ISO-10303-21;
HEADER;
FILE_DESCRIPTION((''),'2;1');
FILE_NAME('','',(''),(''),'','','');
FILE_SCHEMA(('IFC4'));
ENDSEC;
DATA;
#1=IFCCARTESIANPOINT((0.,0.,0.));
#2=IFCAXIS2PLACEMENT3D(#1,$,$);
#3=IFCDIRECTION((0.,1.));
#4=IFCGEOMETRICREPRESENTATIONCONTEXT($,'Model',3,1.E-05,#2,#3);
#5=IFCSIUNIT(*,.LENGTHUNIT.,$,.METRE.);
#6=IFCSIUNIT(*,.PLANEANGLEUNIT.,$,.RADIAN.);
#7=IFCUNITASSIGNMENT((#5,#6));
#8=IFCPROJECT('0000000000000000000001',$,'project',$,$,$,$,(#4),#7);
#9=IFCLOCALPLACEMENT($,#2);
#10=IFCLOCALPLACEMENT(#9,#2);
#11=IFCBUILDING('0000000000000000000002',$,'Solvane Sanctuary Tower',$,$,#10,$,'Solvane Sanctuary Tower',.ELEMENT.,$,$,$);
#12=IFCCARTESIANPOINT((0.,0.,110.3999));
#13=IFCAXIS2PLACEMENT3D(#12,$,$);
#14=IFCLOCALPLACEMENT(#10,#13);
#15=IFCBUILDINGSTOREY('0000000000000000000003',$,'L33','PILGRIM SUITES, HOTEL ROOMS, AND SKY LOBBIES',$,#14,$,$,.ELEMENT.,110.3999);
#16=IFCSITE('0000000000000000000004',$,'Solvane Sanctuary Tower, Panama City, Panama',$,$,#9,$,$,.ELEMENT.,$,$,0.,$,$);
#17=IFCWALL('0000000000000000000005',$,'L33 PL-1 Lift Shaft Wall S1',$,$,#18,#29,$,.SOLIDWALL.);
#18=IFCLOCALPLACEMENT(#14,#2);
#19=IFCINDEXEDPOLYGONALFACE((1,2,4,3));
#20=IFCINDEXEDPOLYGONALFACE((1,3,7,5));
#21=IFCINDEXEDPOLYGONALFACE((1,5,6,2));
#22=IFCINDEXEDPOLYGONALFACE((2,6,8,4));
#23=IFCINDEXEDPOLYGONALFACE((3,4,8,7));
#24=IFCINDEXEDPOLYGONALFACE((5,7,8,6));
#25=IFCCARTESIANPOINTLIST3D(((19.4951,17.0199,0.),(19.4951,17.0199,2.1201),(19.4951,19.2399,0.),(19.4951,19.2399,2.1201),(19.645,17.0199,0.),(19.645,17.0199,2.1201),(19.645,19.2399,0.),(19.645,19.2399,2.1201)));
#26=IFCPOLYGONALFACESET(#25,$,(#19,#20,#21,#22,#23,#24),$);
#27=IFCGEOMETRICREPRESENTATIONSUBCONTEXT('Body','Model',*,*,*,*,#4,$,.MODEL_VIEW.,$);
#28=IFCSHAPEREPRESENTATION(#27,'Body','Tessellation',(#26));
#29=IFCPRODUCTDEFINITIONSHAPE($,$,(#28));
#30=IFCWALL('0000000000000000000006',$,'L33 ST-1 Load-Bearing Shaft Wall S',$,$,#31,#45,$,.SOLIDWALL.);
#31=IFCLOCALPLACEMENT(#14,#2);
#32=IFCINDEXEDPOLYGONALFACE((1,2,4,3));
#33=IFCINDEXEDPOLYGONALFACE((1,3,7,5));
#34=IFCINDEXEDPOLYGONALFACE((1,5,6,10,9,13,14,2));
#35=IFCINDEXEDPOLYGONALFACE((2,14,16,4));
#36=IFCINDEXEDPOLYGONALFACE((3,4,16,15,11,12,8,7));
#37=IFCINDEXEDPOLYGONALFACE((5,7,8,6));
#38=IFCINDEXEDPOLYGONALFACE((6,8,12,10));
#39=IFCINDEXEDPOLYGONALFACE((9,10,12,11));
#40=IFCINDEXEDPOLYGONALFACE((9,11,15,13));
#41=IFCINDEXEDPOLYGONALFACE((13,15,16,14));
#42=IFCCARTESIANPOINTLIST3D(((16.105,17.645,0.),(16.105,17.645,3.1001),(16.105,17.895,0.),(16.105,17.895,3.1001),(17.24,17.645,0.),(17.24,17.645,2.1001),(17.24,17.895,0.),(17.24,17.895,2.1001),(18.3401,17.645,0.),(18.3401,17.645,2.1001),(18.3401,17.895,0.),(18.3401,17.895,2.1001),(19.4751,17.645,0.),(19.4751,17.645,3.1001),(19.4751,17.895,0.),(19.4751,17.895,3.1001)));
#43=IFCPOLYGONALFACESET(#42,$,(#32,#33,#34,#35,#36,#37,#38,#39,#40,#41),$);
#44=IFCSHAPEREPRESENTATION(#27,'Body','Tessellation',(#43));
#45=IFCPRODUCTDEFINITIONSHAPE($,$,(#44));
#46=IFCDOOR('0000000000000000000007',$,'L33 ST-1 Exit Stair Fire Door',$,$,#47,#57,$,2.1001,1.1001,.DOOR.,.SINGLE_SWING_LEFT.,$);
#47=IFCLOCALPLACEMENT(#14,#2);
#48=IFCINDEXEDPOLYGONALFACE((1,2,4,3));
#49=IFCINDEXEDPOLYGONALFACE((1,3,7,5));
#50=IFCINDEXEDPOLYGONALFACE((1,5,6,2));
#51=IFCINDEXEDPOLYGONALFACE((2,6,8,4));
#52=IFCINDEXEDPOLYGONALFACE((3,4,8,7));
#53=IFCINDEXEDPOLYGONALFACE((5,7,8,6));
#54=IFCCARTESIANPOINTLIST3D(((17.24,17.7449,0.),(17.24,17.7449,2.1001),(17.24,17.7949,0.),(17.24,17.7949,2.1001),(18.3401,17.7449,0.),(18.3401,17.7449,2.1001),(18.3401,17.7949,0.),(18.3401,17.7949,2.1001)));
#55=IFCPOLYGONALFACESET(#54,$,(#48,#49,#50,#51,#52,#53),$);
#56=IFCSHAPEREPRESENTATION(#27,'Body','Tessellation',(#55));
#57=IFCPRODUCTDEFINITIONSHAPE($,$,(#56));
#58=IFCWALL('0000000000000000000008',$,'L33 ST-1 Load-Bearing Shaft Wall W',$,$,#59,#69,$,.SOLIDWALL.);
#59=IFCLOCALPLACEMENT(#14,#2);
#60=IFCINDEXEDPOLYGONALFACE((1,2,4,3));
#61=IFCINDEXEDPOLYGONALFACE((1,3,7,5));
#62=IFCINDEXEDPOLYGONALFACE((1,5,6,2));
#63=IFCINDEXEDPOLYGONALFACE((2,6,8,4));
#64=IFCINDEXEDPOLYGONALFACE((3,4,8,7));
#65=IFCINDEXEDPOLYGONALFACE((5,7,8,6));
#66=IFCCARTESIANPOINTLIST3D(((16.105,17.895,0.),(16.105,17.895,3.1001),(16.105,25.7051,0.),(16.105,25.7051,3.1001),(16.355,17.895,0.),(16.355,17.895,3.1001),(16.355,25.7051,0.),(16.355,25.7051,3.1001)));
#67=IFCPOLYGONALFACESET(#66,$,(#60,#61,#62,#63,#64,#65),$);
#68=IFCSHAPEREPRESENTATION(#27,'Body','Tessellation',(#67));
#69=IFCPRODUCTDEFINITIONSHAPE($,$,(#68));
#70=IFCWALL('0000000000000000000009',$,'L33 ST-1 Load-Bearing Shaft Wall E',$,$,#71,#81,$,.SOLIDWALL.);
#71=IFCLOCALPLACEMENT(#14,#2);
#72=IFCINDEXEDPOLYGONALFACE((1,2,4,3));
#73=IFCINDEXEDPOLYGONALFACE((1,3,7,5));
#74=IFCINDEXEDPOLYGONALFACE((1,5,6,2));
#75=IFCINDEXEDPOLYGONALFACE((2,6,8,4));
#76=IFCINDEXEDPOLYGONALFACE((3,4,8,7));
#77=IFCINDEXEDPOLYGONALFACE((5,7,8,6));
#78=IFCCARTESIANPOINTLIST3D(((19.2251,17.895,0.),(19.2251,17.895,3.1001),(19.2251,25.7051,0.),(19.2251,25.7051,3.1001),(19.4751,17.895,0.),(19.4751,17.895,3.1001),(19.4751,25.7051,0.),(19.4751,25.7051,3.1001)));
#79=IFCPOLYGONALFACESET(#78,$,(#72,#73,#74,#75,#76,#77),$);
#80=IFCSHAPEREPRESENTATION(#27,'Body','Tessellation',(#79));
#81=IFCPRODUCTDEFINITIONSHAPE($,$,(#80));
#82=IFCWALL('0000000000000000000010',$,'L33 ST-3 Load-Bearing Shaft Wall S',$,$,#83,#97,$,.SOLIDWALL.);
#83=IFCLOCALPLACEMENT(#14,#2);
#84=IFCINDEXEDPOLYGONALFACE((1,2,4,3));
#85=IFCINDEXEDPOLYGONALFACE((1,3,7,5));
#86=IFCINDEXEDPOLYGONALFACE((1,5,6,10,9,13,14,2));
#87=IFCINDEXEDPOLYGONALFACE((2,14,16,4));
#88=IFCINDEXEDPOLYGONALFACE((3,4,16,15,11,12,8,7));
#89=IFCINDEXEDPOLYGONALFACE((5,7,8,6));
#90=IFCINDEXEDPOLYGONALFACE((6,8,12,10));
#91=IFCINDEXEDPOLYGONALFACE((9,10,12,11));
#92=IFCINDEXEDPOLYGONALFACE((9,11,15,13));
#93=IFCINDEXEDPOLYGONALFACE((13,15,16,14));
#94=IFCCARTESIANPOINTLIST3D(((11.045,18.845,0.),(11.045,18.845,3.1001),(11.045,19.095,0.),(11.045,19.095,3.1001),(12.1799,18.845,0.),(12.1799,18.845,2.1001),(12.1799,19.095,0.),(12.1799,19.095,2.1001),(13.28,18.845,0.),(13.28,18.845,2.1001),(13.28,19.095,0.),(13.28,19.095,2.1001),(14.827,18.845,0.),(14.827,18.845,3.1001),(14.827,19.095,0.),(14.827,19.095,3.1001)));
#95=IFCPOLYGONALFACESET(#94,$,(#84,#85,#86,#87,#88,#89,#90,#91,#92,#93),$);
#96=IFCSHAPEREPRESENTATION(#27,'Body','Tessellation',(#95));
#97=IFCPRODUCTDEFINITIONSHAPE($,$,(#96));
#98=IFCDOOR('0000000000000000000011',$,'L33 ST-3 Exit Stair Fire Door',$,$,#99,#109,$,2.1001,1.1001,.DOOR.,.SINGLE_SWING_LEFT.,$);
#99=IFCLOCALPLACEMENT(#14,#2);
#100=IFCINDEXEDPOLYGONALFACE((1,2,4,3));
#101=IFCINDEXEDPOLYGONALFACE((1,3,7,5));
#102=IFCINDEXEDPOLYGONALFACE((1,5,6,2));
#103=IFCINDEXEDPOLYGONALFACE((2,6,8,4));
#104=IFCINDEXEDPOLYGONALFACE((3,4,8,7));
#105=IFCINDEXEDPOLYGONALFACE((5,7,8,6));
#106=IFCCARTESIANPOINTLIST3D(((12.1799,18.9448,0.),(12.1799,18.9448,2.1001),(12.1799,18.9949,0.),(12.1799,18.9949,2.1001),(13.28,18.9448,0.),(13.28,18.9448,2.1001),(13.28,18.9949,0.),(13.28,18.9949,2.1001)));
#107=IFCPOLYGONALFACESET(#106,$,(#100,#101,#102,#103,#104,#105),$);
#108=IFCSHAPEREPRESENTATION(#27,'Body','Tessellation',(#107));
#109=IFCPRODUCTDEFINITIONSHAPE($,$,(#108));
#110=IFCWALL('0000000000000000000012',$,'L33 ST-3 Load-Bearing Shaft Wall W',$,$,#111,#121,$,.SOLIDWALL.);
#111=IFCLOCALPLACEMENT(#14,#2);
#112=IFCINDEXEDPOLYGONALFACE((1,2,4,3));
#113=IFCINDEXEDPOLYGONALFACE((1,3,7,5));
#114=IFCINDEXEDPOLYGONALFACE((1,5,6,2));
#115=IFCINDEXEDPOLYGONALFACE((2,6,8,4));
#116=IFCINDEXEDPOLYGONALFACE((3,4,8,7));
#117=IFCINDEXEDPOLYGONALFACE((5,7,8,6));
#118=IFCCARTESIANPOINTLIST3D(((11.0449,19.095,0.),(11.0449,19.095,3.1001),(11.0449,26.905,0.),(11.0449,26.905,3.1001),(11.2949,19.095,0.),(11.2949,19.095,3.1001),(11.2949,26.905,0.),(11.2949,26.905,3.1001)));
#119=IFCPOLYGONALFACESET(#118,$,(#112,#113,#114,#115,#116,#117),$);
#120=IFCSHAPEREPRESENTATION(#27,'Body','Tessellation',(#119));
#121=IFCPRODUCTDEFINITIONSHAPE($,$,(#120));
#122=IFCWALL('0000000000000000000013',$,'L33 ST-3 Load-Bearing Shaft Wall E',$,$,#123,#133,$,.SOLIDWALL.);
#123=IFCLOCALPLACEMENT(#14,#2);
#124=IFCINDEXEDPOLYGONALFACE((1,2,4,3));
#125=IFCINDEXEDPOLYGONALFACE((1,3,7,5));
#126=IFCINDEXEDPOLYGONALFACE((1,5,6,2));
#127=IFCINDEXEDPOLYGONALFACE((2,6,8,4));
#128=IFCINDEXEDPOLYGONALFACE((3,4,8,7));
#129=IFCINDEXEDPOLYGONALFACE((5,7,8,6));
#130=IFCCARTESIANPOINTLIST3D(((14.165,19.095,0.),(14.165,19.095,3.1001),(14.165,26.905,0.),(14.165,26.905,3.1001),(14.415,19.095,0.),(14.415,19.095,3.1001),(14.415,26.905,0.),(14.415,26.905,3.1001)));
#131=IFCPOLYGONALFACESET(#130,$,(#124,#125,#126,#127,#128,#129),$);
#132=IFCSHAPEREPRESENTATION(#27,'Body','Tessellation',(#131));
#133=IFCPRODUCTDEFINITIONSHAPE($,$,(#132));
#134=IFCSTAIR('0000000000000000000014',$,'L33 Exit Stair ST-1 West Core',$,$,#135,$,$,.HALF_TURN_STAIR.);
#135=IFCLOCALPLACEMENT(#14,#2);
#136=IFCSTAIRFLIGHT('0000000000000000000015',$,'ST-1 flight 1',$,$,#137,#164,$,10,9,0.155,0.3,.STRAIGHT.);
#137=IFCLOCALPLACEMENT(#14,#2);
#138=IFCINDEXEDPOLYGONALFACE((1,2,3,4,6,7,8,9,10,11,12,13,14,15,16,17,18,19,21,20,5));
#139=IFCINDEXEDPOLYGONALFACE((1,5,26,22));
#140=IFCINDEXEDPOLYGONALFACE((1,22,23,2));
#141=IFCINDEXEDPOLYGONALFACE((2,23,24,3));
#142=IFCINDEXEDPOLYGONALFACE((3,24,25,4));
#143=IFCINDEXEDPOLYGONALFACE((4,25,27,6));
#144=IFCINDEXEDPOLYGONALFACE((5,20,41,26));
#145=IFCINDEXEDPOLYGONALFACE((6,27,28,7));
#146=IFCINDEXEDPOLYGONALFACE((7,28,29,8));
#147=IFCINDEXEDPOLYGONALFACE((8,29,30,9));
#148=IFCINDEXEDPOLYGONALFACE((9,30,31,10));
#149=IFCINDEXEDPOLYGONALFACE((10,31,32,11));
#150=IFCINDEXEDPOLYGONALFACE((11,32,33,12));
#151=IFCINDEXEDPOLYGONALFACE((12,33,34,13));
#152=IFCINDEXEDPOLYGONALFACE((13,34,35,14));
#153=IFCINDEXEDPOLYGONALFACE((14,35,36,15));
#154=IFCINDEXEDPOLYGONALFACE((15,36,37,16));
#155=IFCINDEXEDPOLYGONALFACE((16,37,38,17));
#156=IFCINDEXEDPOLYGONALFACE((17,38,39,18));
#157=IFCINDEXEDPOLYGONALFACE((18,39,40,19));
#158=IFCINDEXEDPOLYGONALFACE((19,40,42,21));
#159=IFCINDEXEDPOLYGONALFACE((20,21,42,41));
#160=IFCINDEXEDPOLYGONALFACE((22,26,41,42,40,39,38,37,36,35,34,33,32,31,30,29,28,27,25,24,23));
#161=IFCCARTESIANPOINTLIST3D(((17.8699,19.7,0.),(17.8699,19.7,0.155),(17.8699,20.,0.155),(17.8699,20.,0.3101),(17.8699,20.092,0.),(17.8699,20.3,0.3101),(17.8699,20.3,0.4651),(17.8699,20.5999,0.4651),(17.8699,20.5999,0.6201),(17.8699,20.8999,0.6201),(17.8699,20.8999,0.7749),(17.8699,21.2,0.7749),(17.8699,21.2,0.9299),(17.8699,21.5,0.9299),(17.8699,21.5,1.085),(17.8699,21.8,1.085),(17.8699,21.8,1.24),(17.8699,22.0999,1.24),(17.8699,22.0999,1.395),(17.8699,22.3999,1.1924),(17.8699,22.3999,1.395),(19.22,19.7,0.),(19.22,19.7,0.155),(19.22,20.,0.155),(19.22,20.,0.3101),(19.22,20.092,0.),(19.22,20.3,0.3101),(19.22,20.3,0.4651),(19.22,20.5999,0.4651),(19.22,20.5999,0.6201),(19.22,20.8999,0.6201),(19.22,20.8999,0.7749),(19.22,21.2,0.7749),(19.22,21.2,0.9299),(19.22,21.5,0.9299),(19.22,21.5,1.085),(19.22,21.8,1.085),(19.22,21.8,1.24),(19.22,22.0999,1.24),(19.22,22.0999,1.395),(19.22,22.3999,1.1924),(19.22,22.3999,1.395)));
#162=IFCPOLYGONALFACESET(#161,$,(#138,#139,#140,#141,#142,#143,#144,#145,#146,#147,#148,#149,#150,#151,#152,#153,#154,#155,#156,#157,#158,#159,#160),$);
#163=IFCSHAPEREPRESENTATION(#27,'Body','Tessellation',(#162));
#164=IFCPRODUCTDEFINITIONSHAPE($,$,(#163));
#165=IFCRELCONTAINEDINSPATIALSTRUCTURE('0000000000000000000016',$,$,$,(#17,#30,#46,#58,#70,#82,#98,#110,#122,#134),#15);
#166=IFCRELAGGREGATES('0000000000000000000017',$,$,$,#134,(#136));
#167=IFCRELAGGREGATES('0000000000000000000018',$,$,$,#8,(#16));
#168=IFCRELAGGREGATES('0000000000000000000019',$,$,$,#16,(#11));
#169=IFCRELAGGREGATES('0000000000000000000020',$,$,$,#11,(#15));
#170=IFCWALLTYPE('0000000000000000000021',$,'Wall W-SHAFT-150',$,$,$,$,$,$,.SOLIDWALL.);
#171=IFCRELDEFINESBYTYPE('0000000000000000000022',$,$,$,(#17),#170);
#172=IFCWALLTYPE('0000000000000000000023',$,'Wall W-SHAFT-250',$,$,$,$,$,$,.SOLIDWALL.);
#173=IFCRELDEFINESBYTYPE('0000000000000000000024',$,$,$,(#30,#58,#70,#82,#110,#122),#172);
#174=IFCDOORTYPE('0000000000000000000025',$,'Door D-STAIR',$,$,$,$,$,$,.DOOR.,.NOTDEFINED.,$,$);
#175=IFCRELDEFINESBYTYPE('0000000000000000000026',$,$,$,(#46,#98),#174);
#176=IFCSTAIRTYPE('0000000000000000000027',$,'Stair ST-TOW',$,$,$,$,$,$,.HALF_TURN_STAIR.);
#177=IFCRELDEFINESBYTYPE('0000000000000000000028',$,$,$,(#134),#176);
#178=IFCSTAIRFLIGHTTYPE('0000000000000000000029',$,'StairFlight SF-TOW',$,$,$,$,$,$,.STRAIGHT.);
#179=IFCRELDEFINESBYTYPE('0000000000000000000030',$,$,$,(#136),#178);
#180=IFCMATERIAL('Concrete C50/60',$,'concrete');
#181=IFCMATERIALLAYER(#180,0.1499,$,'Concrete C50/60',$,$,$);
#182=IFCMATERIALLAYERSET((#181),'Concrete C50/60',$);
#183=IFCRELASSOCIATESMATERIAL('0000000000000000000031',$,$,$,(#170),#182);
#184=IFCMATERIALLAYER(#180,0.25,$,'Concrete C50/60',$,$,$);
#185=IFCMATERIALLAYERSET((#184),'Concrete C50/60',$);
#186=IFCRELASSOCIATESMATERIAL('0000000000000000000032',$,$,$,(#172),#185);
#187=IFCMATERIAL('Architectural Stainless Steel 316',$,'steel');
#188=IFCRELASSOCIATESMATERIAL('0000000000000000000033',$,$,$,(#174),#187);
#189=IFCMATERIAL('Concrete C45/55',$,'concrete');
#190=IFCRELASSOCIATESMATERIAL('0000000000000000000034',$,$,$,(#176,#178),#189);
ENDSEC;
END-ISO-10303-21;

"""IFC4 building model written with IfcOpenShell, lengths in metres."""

from ifc_helpers import new_model, si_unit, direction, frame, frame_2d, origin, place, context, subcontext, project, spatial, polyline, rectangle, outline, extrude, material, layer, layer_set, type_object, element, fill, aggregate, save


model = new_model("IFC4")

# Units and contexts
model_context = context("Model", 3, precision=1e-05, world=origin(), true_north=direction((0.0, 1.0)))
body_context = subcontext(model_context, "Body", "Model", "MODEL_VIEW")
ifc_project = project(units=[si_unit("LENGTHUNIT", "METRE"), si_unit("PLANEANGLEUNIT", "RADIAN")], contexts=[model_context])

# Site, building, storey
site_placement = place(None, origin())
site = spatial("IfcSite", under=ifc_project, at=site_placement, Name="Solvane Sanctuary Tower, Panama City, Panama", CompositionType="ELEMENT", RefElevation=0.0)
building_placement = place(site_placement, origin())
building = spatial("IfcBuilding", under=site, at=building_placement, Name="Solvane Sanctuary Tower", LongName="Solvane Sanctuary Tower", CompositionType="ELEMENT")
storey_placement = place(building_placement, frame((0.0, 0.0, 110.3999)))
storey = spatial("IfcBuildingStorey", under=building, at=storey_placement, Name="L33", Description="PILGRIM SUITES, HOTEL ROOMS, AND SKY LOBBIES", CompositionType="ELEMENT", Elevation=110.3999)

# Wall
ifc_material_1 = material(Name="Concrete C50/60", Category="concrete")
ifc_layer_1 = layer(ifc_material_1, 0.1499, Name="Concrete C50/60")
ifc_layer_set_1 = layer_set([ifc_layer_1], Name="Concrete C50/60")
wall_type_1 = type_object("IfcWallType", Name="Wall W-SHAFT-150", PredefinedType="SOLIDWALL", material=ifc_layer_set_1)
wall_1_placement = place(storey_placement, frame((19.5701, 17.02, 0.0), z_axis=(0.0, 0.0, 1.0), x_axis=(0.0, 1.0, 0.0)))
element("IfcWall", 1, at=wall_1_placement, inside=storey, type_object=wall_type_1, Name="L33 PL-1 Lift Shaft Wall S1", PredefinedType="SOLIDWALL", context=body_context, shape_type="SweptSolid", body=[
    extrude(rectangle(XDim=2.22, YDim=0.1499, at=frame_2d((1.1099, 0.0))), origin(), (0.0, 0.0, 1.0), 2.1201),
])

# Wall, opening, door
ifc_layer_2 = layer(ifc_material_1, 0.25, Name="Concrete C50/60")
ifc_layer_set_2 = layer_set([ifc_layer_2], Name="Concrete C50/60")
wall_type_2 = type_object("IfcWallType", Name="Wall W-SHAFT-250", PredefinedType="SOLIDWALL", material=ifc_layer_set_2)
wall_2_placement = place(storey_placement, frame((16.105, 17.77, 0.0), z_axis=(0.0, 0.0, 1.0), x_axis=(1.0, 0.0, 0.0)))
wall_2 = element("IfcWall", 2, at=wall_2_placement, inside=storey, type_object=wall_type_2, Name="L33 ST-1 Load-Bearing Shaft Wall S", PredefinedType="SOLIDWALL", context=body_context, shape_type="SweptSolid", body=[
    extrude(rectangle(XDim=3.3701, YDim=0.25, at=frame_2d((1.6851, 0.0))), origin(), (0.0, 0.0, 1.0), 3.1001),
])
opening_1_placement = place(wall_2_placement, frame((1.135, 0.0, 0.0)))
opening_1 = element("IfcOpeningElement", 3, at=opening_1_placement, cuts=wall_2, PredefinedType="OPENING", context=body_context, shape_type="SweptSolid", body=[
    extrude(rectangle(XDim=1.1001, YDim=2.1001, at=frame_2d((0.55, 1.05))), frame((0.0, 0.135, 0.0), z_axis=(0.0, -1.0, 0.0), x_axis=(1.0, 0.0, 0.0)), (0.0, 0.0, 1.0), 0.27),
])
ifc_material_2 = material(Name="Architectural Stainless Steel 316", Category="steel")
door_type_1 = type_object("IfcDoorType", Name="Door D-STAIR", OperationType="NOTDEFINED", PredefinedType="DOOR", material=ifc_material_2)
door_1_placement = place(opening_1_placement, origin())
door_1 = element("IfcDoor", 4, at=door_1_placement, inside=storey, type_object=door_type_1, Name="L33 ST-1 Exit Stair Fire Door", OperationType="SINGLE_SWING_LEFT", OverallHeight=2.1001, OverallWidth=1.1001, PredefinedType="DOOR", context=body_context, shape_type="SweptSolid", body=[
    extrude(rectangle(XDim=1.1001, YDim=2.1001, at=frame_2d((0.55, 1.05))), frame((0.0, 0.0249, 0.0), z_axis=(0.0, -1.0, 0.0), x_axis=(1.0, 0.0, 0.0)), (0.0, 0.0, 1.0), 0.05),
])
fill(opening_1, door_1)

# Walls
for number, where, z_axis, x_axis, name in (
    (5, (16.23, 17.895, 0.0), (0.0, 0.0, 1.0), (0.0, 1.0, 0.0), "L33 ST-1 Load-Bearing Shaft Wall W"),
    (6, (19.3501, 17.895, 0.0), (0.0, 0.0, 1.0), (0.0, 1.0, 0.0), "L33 ST-1 Load-Bearing Shaft Wall E"),
):
    element("IfcWall", number, at=place(storey_placement, frame(where, z_axis=z_axis, x_axis=x_axis)), inside=storey, type_object=wall_type_2, Name=name, PredefinedType="SOLIDWALL", context=body_context, shape_type="SweptSolid", body=[
        extrude(rectangle(XDim=7.8101, YDim=0.25, at=frame_2d((3.905, 0.0))), origin(), (0.0, 0.0, 1.0), 3.1001),
    ])

# Wall, opening, door
wall_3_placement = place(storey_placement, frame((11.0449, 18.97, 0.0), z_axis=(0.0, 0.0, 1.0), x_axis=(1.0, 0.0, 0.0)))
wall_3 = element("IfcWall", 7, at=wall_3_placement, inside=storey, type_object=wall_type_2, Name="L33 ST-3 Load-Bearing Shaft Wall S", PredefinedType="SOLIDWALL", context=body_context, shape_type="SweptSolid", body=[
    extrude(rectangle(XDim=3.782, YDim=0.25, at=frame_2d((1.8911, 0.0))), origin(), (0.0, 0.0, 1.0), 3.1001),
])
opening_2_placement = place(wall_3_placement, frame((1.135, 0.0, 0.0)))
opening_2 = element("IfcOpeningElement", 8, at=opening_2_placement, cuts=wall_3, PredefinedType="OPENING", context=body_context, shape_type="SweptSolid", body=[
    extrude(rectangle(XDim=1.1001, YDim=2.1001, at=frame_2d((0.55, 1.05))), frame((0.0, 0.135, 0.0), z_axis=(0.0, -1.0, 0.0), x_axis=(1.0, 0.0, 0.0)), (0.0, 0.0, 1.0), 0.27),
])
door_2_placement = place(opening_2_placement, origin())
door_2 = element("IfcDoor", 9, at=door_2_placement, inside=storey, type_object=door_type_1, Name="L33 ST-3 Exit Stair Fire Door", OperationType="SINGLE_SWING_LEFT", OverallHeight=2.1001, OverallWidth=1.1001, PredefinedType="DOOR", context=body_context, shape_type="SweptSolid", body=[
    extrude(rectangle(XDim=1.1001, YDim=2.1001, at=frame_2d((0.55, 1.05))), frame((0.0, 0.0249, 0.0), z_axis=(0.0, -1.0, 0.0), x_axis=(1.0, 0.0, 0.0)), (0.0, 0.0, 1.0), 0.05),
])
fill(opening_2, door_2)

# Walls
for number, where, z_axis, x_axis, name in (
    (10, (11.1699, 19.095, 0.0), (0.0, 0.0, 1.0), (0.0, 1.0, 0.0), "L33 ST-3 Load-Bearing Shaft Wall W"),
    (11, (14.29, 19.095, 0.0), (0.0, 0.0, 1.0), (0.0, 1.0, 0.0), "L33 ST-3 Load-Bearing Shaft Wall E"),
):
    element("IfcWall", number, at=place(storey_placement, frame(where, z_axis=z_axis, x_axis=x_axis)), inside=storey, type_object=wall_type_2, Name=name, PredefinedType="SOLIDWALL", context=body_context, shape_type="SweptSolid", body=[
        extrude(rectangle(XDim=7.8101, YDim=0.25, at=frame_2d((3.905, 0.0))), origin(), (0.0, 0.0, 1.0), 3.1001),
    ])

# Stair, stair flight
ifc_material_3 = material(Name="Concrete C45/55", Category="concrete")
stair_type = type_object("IfcStairType", Name="Stair ST-TOW", PredefinedType="HALF_TURN_STAIR", material=ifc_material_3)
stair_placement = place(storey_placement, origin())
stair = element("IfcStair", 12, at=stair_placement, inside=storey, type_object=stair_type, Name="L33 Exit Stair ST-1 West Core", PredefinedType="HALF_TURN_STAIR")
stair_flight_type = type_object("IfcStairFlightType", Name="StairFlight SF-TOW", PredefinedType="STRAIGHT", material=ifc_material_3)
stair_flight_placement = place(storey_placement, frame((18.5449, 19.7, 0.0), z_axis=(0.0, 0.0, 1.0), x_axis=(0.0, 1.0, 0.0)))
stair_flight = element("IfcStairFlight", 13, at=stair_flight_placement, type_object=stair_flight_type, Name="ST-1 flight 1", NumberOfRisers=10, NumberOfTreads=9, PredefinedType="STRAIGHT", RiserHeight=0.155, TreadLength=0.3, context=body_context, shape_type="SweptSolid", body=[
    extrude(outline(polyline([(0.0, 0.0), (0.0, 0.155), (0.3, 0.155), (0.3, 0.3101), (0.6001, 0.3101), (0.6001, 0.4651), (0.8999, 0.4651), (0.8999, 0.6201), (1.2, 0.6201), (1.2, 0.7749), (1.5, 0.7749), (1.5, 0.9299), (1.8, 0.9299), (1.8, 1.085), (2.1001, 1.085), (2.1001, 1.24), (2.3999, 1.24), (2.3999, 1.395), (2.7, 1.395), (2.7, 1.55), (2.7, 1.1924), (0.3921, 0.0), (0.0, 0.0)])), frame((0.0, 0.675, 0.0), z_axis=(0.0, -1.0, 0.0), x_axis=(1.0, 0.0, 0.0)), (0.0, 0.0, 1.0), 1.3501),
])
aggregate(stair, [stair_flight])

save(model, "model.ifc")
